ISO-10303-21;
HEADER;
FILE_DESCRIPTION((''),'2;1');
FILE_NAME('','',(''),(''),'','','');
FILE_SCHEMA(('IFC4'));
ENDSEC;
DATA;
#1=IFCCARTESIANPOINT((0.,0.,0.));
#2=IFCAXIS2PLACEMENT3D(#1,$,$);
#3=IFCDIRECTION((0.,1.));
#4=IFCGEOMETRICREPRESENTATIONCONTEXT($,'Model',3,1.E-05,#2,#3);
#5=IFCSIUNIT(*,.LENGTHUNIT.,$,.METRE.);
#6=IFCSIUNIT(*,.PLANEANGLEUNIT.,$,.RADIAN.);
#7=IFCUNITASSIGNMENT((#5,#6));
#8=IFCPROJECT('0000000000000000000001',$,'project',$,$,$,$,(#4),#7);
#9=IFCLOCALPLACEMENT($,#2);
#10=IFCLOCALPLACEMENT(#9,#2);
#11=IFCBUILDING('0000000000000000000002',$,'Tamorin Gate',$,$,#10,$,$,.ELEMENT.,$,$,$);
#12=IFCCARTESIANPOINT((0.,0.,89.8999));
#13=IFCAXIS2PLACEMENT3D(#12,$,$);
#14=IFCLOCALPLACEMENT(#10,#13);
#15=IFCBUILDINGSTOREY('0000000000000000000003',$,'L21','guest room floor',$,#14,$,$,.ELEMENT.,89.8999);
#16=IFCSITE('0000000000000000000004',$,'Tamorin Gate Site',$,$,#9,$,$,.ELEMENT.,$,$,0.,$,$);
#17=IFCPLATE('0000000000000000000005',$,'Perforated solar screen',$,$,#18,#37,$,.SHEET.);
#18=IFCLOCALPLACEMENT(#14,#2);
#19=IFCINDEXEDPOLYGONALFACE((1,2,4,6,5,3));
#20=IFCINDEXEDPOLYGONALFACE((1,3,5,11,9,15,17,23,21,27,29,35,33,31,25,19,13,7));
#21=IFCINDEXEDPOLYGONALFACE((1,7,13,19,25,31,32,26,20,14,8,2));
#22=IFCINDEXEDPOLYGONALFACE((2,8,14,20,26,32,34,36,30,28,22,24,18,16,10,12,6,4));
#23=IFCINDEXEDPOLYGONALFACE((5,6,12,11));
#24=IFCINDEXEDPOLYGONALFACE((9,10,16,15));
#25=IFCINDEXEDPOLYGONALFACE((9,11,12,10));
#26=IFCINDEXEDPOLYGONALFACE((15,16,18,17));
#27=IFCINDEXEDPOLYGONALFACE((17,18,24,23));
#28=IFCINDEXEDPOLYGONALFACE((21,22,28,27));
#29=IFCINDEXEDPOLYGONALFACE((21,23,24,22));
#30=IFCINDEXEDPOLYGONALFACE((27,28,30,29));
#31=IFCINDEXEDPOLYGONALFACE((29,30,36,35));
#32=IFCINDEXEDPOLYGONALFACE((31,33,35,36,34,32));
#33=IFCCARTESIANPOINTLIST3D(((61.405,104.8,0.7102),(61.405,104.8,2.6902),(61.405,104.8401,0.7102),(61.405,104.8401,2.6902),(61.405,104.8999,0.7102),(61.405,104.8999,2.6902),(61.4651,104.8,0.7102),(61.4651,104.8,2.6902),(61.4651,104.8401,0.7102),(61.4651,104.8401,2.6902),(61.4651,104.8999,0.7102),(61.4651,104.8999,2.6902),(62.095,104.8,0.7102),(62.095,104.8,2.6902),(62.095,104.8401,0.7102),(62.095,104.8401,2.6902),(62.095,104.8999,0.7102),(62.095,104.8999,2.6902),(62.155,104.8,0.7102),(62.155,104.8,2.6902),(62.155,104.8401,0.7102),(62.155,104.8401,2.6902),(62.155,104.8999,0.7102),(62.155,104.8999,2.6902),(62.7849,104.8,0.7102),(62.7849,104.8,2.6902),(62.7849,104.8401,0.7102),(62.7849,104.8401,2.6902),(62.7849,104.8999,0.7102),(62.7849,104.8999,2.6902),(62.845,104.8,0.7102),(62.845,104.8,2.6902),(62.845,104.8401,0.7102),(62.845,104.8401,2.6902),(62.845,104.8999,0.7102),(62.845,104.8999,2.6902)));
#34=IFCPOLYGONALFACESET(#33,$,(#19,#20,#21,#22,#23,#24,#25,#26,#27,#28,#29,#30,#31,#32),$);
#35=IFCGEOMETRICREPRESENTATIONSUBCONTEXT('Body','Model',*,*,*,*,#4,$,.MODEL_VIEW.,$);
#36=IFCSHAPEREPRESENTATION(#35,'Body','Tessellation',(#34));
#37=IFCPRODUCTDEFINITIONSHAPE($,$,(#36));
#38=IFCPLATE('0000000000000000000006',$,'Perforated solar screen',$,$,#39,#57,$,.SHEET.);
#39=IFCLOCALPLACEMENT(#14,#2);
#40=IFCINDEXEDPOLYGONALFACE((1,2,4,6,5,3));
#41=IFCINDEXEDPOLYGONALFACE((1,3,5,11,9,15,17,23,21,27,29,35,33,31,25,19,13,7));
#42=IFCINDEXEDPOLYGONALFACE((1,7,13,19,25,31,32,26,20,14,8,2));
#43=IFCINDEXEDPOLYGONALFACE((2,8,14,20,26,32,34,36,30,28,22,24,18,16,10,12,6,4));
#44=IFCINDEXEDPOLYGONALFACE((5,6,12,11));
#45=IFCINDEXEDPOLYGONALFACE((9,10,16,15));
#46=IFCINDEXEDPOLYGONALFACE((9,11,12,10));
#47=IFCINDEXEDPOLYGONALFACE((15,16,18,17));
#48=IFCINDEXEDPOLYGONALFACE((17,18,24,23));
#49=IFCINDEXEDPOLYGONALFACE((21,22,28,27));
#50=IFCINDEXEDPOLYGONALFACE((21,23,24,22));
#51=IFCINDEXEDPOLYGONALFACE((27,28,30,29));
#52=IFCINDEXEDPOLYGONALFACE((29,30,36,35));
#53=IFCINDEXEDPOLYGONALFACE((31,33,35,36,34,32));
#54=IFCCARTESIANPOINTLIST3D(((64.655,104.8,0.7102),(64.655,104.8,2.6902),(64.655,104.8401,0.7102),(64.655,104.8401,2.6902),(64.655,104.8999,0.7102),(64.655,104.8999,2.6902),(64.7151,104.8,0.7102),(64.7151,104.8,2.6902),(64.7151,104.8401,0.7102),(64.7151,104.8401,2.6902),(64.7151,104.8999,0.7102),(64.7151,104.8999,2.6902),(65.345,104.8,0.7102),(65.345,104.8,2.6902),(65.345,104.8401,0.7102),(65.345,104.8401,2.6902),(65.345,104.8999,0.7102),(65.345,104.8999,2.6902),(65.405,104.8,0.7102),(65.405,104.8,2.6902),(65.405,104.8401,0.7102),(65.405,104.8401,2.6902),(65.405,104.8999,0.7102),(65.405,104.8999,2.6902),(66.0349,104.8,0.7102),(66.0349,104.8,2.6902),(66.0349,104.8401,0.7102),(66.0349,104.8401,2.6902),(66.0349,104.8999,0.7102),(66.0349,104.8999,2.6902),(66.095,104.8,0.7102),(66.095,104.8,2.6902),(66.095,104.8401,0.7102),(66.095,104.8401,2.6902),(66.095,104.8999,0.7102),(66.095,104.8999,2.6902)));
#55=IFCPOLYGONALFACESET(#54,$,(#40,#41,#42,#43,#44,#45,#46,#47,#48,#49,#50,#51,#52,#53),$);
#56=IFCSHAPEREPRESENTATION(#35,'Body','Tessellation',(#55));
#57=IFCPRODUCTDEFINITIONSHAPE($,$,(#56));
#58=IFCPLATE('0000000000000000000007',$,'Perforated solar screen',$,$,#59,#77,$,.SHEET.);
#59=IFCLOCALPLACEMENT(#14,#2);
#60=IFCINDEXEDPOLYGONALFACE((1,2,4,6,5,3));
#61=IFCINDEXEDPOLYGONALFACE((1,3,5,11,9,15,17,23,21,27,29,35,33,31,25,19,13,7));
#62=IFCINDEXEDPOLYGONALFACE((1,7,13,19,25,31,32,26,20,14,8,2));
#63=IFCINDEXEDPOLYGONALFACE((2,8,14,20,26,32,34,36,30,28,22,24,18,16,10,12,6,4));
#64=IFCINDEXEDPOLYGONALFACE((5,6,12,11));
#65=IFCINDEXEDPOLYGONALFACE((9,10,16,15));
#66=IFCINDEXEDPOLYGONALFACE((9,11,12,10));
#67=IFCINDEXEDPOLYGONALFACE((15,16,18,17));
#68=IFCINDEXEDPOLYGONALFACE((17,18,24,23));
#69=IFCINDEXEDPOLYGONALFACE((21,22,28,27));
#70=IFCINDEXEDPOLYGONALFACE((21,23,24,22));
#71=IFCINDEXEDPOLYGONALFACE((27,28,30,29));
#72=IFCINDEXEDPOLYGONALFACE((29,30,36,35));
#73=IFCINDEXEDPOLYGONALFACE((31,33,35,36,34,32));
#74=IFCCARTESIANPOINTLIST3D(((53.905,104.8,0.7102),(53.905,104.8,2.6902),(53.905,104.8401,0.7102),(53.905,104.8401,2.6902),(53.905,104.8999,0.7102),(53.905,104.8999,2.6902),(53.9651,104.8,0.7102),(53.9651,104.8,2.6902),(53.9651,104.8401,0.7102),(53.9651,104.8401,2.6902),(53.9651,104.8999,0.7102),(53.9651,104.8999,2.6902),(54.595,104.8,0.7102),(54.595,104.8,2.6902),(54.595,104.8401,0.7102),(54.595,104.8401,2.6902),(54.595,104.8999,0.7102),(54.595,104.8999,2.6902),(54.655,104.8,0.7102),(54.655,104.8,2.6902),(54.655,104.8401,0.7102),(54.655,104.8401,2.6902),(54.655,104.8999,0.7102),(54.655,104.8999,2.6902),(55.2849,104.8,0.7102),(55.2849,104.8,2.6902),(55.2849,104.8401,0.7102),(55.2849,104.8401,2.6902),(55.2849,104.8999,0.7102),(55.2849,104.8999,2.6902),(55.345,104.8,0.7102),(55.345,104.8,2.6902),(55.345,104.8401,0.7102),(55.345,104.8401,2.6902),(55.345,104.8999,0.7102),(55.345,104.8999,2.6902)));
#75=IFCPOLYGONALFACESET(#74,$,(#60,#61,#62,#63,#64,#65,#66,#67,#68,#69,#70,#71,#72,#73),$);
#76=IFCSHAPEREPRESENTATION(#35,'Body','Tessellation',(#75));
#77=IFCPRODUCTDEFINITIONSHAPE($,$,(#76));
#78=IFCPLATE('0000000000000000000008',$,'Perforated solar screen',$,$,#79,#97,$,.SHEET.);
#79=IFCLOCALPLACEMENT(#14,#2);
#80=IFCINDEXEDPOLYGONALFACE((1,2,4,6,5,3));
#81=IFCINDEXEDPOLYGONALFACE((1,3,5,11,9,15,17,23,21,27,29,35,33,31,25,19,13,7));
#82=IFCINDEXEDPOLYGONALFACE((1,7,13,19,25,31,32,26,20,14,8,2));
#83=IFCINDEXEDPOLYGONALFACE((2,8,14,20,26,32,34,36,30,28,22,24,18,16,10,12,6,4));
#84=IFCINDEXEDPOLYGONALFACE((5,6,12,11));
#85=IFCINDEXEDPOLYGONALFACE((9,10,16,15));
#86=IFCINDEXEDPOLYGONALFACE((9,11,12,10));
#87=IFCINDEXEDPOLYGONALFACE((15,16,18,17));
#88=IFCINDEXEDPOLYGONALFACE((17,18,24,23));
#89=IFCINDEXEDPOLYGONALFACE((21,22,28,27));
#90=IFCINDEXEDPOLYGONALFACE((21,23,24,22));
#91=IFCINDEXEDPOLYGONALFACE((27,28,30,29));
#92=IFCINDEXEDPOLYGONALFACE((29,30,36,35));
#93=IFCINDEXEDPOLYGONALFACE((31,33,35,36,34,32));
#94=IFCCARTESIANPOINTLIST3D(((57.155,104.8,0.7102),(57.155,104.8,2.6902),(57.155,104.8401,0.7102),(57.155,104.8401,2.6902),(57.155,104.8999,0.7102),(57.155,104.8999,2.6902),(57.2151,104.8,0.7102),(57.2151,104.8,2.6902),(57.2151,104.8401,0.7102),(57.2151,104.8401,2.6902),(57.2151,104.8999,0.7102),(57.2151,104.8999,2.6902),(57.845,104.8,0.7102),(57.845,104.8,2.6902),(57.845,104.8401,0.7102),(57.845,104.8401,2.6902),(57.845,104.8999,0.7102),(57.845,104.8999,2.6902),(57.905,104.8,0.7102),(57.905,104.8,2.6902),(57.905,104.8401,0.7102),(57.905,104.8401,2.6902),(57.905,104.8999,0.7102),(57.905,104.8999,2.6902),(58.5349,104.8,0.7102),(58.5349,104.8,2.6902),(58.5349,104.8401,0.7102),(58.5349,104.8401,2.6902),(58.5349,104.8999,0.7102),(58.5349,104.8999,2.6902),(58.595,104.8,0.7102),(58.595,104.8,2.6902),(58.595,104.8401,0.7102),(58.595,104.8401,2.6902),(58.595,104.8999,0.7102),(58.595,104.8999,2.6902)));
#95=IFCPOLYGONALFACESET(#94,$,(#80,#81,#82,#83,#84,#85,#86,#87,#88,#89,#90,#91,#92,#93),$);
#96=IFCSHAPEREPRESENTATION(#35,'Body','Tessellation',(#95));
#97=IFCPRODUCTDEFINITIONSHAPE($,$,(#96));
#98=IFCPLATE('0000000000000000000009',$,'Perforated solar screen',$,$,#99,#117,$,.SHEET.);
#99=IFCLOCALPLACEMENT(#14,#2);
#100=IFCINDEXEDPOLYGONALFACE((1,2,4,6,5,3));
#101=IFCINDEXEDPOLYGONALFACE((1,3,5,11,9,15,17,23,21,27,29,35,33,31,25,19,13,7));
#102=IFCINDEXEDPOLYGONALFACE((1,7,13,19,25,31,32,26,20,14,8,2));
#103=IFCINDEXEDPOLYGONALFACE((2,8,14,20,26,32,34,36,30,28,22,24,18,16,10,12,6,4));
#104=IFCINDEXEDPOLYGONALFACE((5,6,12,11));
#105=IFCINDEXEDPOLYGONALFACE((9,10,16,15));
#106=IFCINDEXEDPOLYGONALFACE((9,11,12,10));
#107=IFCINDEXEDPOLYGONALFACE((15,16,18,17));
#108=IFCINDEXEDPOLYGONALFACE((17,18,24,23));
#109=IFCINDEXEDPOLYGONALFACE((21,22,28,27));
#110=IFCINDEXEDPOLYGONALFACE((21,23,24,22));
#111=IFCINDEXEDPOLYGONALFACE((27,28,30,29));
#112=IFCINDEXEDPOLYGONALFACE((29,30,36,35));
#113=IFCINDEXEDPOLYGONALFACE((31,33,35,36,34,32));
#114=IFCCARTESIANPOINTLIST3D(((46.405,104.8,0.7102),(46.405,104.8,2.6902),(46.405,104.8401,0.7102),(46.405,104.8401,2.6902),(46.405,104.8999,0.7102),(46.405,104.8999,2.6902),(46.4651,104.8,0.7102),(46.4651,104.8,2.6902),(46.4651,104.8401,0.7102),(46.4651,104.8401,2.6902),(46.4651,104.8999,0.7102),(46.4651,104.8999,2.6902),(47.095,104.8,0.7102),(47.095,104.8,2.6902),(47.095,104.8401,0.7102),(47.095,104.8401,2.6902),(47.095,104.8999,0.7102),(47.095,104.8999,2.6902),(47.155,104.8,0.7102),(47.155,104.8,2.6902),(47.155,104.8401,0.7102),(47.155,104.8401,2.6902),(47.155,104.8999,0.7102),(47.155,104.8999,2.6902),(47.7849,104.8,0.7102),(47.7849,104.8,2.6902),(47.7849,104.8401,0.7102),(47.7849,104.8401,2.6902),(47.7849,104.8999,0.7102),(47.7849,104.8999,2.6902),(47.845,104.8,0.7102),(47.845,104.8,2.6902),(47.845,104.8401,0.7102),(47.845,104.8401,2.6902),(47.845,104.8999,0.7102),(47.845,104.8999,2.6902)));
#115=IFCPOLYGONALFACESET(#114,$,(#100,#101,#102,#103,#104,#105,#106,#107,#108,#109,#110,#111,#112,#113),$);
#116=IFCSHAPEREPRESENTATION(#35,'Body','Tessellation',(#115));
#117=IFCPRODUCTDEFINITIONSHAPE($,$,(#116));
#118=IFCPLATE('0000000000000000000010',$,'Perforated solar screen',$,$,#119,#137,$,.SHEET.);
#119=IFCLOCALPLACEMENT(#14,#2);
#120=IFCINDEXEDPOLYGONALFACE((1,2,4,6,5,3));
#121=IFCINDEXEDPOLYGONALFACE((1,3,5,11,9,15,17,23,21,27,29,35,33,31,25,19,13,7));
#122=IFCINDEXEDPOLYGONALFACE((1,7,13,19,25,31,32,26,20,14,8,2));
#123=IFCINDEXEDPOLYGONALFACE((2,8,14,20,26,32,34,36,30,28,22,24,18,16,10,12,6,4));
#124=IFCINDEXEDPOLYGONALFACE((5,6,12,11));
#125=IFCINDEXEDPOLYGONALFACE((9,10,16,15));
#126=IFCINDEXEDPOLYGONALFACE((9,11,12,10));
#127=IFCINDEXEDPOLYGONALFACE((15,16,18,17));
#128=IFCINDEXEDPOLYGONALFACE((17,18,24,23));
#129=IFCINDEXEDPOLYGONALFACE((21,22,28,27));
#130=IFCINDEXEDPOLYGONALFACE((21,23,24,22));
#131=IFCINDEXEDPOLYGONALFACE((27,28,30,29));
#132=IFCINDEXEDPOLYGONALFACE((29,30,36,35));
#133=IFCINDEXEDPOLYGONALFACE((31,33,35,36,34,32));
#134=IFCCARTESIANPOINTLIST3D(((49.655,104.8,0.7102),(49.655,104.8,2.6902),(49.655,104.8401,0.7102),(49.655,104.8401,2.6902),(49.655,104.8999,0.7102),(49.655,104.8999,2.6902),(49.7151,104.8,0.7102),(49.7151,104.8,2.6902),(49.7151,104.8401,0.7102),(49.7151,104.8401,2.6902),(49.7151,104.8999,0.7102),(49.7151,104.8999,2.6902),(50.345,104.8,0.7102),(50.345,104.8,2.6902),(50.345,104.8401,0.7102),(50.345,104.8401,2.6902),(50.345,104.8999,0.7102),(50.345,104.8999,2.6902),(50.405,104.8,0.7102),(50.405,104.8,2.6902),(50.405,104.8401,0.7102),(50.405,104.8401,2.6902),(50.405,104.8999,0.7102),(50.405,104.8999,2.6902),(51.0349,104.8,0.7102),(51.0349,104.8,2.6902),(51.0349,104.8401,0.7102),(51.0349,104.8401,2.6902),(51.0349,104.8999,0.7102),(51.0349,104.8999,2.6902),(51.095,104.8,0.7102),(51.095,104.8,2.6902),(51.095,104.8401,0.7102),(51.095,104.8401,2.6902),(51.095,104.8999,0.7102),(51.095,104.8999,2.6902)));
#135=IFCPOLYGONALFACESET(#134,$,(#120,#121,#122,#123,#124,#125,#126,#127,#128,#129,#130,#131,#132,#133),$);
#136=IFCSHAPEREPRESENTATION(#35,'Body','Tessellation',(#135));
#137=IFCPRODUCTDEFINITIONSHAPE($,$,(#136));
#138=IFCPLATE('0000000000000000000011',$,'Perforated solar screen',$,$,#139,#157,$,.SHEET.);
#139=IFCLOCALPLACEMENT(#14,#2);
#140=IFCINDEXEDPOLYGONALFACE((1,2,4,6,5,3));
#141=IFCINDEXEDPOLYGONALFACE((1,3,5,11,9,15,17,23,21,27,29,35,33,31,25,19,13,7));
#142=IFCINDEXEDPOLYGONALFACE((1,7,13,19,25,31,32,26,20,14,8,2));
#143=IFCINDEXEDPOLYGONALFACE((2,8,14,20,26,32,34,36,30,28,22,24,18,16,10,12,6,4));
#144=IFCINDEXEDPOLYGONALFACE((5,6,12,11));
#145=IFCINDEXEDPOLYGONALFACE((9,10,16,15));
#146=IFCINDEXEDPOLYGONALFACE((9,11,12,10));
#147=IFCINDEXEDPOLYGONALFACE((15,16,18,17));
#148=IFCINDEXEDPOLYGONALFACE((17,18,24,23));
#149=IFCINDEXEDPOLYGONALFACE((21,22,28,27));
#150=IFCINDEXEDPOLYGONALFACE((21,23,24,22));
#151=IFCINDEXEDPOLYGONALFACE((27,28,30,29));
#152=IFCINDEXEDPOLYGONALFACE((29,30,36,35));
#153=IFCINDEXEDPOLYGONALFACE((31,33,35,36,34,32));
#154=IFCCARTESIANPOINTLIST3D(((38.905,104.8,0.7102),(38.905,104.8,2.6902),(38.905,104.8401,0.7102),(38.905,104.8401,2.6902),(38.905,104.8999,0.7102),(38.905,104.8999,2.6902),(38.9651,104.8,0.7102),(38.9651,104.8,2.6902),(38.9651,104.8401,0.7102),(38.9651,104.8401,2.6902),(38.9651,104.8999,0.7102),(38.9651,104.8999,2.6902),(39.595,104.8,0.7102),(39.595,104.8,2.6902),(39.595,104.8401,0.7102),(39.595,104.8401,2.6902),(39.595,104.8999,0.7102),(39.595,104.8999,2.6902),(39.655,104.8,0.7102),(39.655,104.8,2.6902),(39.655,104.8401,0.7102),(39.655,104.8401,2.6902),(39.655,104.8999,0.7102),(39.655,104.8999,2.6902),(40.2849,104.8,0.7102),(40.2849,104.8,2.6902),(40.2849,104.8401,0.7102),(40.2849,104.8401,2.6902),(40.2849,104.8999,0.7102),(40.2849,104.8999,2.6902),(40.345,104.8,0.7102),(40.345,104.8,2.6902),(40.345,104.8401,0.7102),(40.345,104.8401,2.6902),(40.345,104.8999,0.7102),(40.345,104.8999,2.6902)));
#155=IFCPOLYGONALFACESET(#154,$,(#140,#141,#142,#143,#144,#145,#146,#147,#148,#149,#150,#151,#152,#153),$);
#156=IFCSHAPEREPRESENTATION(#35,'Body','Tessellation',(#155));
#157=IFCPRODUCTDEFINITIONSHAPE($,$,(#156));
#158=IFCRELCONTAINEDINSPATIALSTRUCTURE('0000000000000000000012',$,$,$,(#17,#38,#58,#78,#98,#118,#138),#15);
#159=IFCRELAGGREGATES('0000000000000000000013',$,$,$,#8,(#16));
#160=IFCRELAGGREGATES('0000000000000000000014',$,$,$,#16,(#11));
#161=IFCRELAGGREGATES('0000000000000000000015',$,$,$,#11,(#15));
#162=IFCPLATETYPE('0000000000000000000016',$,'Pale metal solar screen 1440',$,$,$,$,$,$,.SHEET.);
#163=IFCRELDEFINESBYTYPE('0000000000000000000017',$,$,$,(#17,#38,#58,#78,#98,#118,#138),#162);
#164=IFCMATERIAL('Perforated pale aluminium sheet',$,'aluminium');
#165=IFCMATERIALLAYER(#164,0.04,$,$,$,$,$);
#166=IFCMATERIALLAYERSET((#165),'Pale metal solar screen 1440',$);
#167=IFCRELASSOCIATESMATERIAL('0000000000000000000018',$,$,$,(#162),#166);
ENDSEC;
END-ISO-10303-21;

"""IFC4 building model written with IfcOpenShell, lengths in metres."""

from ifc_helpers import new_model, si_unit, direction, frame, origin, place, context, subcontext, project, spatial, polyline, outline, extrude, material, layer, layer_set, type_object, element, save


model = new_model("IFC4")

# Units and contexts
model_context = context("Model", 3, precision=1e-05, world=origin(), true_north=direction((0.0, 1.0)))
body_context = subcontext(model_context, "Body", "Model", "MODEL_VIEW")
ifc_project = project(units=[si_unit("LENGTHUNIT", "METRE"), si_unit("PLANEANGLEUNIT", "RADIAN")], contexts=[model_context])

# Site, building, storey
site_placement = place(None, origin())
site = spatial("IfcSite", under=ifc_project, at=site_placement, Name="Tamorin Gate Site", CompositionType="ELEMENT", RefElevation=0.0)
building_placement = place(site_placement, origin())
building = spatial("IfcBuilding", under=site, at=building_placement, Name="Tamorin Gate", CompositionType="ELEMENT")
storey_placement = place(building_placement, frame((0.0, 0.0, 89.8999)))
storey = spatial("IfcBuildingStorey", under=building, at=storey_placement, Name="L21", Description="guest room floor", CompositionType="ELEMENT", Elevation=89.8999)

# Plates
ifc_material = material(Name="Perforated pale aluminium sheet", Category="aluminium")
ifc_layer = layer(ifc_material, 0.04)
ifc_layer_set = layer_set([ifc_layer], Name="Pale metal solar screen 1440")
plate_type = type_object("IfcPlateType", Name="Pale metal solar screen 1440", PredefinedType="SHEET", material=ifc_layer_set)
plate_1_placement = place(storey_placement, frame((0.0, 0.0, 0.7102)))
element("IfcPlate", 1, at=plate_1_placement, inside=storey, type_object=plate_type, Name="Perforated solar screen", PredefinedType="SHEET", context=body_context, shape_type="SweptSolid", body=[
    extrude(outline(polyline([(62.845, 104.8401), (62.845, 104.8), (62.7849, 104.8), (62.155, 104.8), (62.095, 104.8), (61.4651, 104.8), (61.405, 104.8), (61.405, 104.8401), (61.405, 104.8999), (61.4651, 104.8999), (61.4651, 104.8401), (62.095, 104.8401), (62.095, 104.8999), (62.155, 104.8999), (62.155, 104.8401), (62.7849, 104.8401), (62.7849, 104.8999), (62.845, 104.8999), (62.845, 104.8401)])), origin(), (0.0, 0.0, 1.0), 1.98),
])
plate_2_placement = place(storey_placement, frame((0.0, 0.0, 0.7102)))
element("IfcPlate", 2, at=plate_2_placement, inside=storey, type_object=plate_type, Name="Perforated solar screen", PredefinedType="SHEET", context=body_context, shape_type="SweptSolid", body=[
    extrude(outline(polyline([(66.095, 104.8401), (66.095, 104.8), (66.0349, 104.8), (65.405, 104.8), (65.345, 104.8), (64.7151, 104.8), (64.655, 104.8), (64.655, 104.8401), (64.655, 104.8999), (64.7151, 104.8999), (64.7151, 104.8401), (65.345, 104.8401), (65.345, 104.8999), (65.405, 104.8999), (65.405, 104.8401), (66.0349, 104.8401), (66.0349, 104.8999), (66.095, 104.8999), (66.095, 104.8401)])), origin(), (0.0, 0.0, 1.0), 1.98),
])
plate_3_placement = place(storey_placement, frame((0.0, 0.0, 0.7102)))
element("IfcPlate", 3, at=plate_3_placement, inside=storey, type_object=plate_type, Name="Perforated solar screen", PredefinedType="SHEET", context=body_context, shape_type="SweptSolid", body=[
    extrude(outline(polyline([(55.345, 104.8401), (55.345, 104.8), (55.2849, 104.8), (54.655, 104.8), (54.595, 104.8), (53.9651, 104.8), (53.905, 104.8), (53.905, 104.8401), (53.905, 104.8999), (53.9651, 104.8999), (53.9651, 104.8401), (54.595, 104.8401), (54.595, 104.8999), (54.655, 104.8999), (54.655, 104.8401), (55.2849, 104.8401), (55.2849, 104.8999), (55.345, 104.8999), (55.345, 104.8401)])), origin(), (0.0, 0.0, 1.0), 1.98),
])
plate_4_placement = place(storey_placement, frame((0.0, 0.0, 0.7102)))
element("IfcPlate", 4, at=plate_4_placement, inside=storey, type_object=plate_type, Name="Perforated solar screen", PredefinedType="SHEET", context=body_context, shape_type="SweptSolid", body=[
    extrude(outline(polyline([(58.595, 104.8401), (58.595, 104.8), (58.5349, 104.8), (57.905, 104.8), (57.845, 104.8), (57.2151, 104.8), (57.155, 104.8), (57.155, 104.8401), (57.155, 104.8999), (57.2151, 104.8999), (57.2151, 104.8401), (57.845, 104.8401), (57.845, 104.8999), (57.905, 104.8999), (57.905, 104.8401), (58.5349, 104.8401), (58.5349, 104.8999), (58.595, 104.8999), (58.595, 104.8401)])), origin(), (0.0, 0.0, 1.0), 1.98),
])
plate_5_placement = place(storey_placement, frame((0.0, 0.0, 0.7102)))
element("IfcPlate", 5, at=plate_5_placement, inside=storey, type_object=plate_type, Name="Perforated solar screen", PredefinedType="SHEET", context=body_context, shape_type="SweptSolid", body=[
    extrude(outline(polyline([(47.845, 104.8401), (47.845, 104.8), (47.7849, 104.8), (47.155, 104.8), (47.095, 104.8), (46.4651, 104.8), (46.405, 104.8), (46.405, 104.8401), (46.405, 104.8999), (46.4651, 104.8999), (46.4651, 104.8401), (47.095, 104.8401), (47.095, 104.8999), (47.155, 104.8999), (47.155, 104.8401), (47.7849, 104.8401), (47.7849, 104.8999), (47.845, 104.8999), (47.845, 104.8401)])), origin(), (0.0, 0.0, 1.0), 1.98),
])
plate_6_placement = place(storey_placement, frame((0.0, 0.0, 0.7102)))
element("IfcPlate", 6, at=plate_6_placement, inside=storey, type_object=plate_type, Name="Perforated solar screen", PredefinedType="SHEET", context=body_context, shape_type="SweptSolid", body=[
    extrude(outline(polyline([(51.095, 104.8401), (51.095, 104.8), (51.0349, 104.8), (50.405, 104.8), (50.345, 104.8), (49.7151, 104.8), (49.655, 104.8), (49.655, 104.8401), (49.655, 104.8999), (49.7151, 104.8999), (49.7151, 104.8401), (50.345, 104.8401), (50.345, 104.8999), (50.405, 104.8999), (50.405, 104.8401), (51.0349, 104.8401), (51.0349, 104.8999), (51.095, 104.8999), (51.095, 104.8401)])), origin(), (0.0, 0.0, 1.0), 1.98),
])
plate_7_placement = place(storey_placement, frame((0.0, 0.0, 0.7102)))
element("IfcPlate", 7, at=plate_7_placement, inside=storey, type_object=plate_type, Name="Perforated solar screen", PredefinedType="SHEET", context=body_context, shape_type="SweptSolid", body=[
    extrude(outline(polyline([(40.345, 104.8401), (40.345, 104.8), (40.2849, 104.8), (39.655, 104.8), (39.595, 104.8), (38.9651, 104.8), (38.905, 104.8), (38.905, 104.8401), (38.905, 104.8999), (38.9651, 104.8999), (38.9651, 104.8401), (39.595, 104.8401), (39.595, 104.8999), (39.655, 104.8999), (39.655, 104.8401), (40.2849, 104.8401), (40.2849, 104.8999), (40.345, 104.8999), (40.345, 104.8401)])), origin(), (0.0, 0.0, 1.0), 1.98),
])

save(model, "model.ifc")
